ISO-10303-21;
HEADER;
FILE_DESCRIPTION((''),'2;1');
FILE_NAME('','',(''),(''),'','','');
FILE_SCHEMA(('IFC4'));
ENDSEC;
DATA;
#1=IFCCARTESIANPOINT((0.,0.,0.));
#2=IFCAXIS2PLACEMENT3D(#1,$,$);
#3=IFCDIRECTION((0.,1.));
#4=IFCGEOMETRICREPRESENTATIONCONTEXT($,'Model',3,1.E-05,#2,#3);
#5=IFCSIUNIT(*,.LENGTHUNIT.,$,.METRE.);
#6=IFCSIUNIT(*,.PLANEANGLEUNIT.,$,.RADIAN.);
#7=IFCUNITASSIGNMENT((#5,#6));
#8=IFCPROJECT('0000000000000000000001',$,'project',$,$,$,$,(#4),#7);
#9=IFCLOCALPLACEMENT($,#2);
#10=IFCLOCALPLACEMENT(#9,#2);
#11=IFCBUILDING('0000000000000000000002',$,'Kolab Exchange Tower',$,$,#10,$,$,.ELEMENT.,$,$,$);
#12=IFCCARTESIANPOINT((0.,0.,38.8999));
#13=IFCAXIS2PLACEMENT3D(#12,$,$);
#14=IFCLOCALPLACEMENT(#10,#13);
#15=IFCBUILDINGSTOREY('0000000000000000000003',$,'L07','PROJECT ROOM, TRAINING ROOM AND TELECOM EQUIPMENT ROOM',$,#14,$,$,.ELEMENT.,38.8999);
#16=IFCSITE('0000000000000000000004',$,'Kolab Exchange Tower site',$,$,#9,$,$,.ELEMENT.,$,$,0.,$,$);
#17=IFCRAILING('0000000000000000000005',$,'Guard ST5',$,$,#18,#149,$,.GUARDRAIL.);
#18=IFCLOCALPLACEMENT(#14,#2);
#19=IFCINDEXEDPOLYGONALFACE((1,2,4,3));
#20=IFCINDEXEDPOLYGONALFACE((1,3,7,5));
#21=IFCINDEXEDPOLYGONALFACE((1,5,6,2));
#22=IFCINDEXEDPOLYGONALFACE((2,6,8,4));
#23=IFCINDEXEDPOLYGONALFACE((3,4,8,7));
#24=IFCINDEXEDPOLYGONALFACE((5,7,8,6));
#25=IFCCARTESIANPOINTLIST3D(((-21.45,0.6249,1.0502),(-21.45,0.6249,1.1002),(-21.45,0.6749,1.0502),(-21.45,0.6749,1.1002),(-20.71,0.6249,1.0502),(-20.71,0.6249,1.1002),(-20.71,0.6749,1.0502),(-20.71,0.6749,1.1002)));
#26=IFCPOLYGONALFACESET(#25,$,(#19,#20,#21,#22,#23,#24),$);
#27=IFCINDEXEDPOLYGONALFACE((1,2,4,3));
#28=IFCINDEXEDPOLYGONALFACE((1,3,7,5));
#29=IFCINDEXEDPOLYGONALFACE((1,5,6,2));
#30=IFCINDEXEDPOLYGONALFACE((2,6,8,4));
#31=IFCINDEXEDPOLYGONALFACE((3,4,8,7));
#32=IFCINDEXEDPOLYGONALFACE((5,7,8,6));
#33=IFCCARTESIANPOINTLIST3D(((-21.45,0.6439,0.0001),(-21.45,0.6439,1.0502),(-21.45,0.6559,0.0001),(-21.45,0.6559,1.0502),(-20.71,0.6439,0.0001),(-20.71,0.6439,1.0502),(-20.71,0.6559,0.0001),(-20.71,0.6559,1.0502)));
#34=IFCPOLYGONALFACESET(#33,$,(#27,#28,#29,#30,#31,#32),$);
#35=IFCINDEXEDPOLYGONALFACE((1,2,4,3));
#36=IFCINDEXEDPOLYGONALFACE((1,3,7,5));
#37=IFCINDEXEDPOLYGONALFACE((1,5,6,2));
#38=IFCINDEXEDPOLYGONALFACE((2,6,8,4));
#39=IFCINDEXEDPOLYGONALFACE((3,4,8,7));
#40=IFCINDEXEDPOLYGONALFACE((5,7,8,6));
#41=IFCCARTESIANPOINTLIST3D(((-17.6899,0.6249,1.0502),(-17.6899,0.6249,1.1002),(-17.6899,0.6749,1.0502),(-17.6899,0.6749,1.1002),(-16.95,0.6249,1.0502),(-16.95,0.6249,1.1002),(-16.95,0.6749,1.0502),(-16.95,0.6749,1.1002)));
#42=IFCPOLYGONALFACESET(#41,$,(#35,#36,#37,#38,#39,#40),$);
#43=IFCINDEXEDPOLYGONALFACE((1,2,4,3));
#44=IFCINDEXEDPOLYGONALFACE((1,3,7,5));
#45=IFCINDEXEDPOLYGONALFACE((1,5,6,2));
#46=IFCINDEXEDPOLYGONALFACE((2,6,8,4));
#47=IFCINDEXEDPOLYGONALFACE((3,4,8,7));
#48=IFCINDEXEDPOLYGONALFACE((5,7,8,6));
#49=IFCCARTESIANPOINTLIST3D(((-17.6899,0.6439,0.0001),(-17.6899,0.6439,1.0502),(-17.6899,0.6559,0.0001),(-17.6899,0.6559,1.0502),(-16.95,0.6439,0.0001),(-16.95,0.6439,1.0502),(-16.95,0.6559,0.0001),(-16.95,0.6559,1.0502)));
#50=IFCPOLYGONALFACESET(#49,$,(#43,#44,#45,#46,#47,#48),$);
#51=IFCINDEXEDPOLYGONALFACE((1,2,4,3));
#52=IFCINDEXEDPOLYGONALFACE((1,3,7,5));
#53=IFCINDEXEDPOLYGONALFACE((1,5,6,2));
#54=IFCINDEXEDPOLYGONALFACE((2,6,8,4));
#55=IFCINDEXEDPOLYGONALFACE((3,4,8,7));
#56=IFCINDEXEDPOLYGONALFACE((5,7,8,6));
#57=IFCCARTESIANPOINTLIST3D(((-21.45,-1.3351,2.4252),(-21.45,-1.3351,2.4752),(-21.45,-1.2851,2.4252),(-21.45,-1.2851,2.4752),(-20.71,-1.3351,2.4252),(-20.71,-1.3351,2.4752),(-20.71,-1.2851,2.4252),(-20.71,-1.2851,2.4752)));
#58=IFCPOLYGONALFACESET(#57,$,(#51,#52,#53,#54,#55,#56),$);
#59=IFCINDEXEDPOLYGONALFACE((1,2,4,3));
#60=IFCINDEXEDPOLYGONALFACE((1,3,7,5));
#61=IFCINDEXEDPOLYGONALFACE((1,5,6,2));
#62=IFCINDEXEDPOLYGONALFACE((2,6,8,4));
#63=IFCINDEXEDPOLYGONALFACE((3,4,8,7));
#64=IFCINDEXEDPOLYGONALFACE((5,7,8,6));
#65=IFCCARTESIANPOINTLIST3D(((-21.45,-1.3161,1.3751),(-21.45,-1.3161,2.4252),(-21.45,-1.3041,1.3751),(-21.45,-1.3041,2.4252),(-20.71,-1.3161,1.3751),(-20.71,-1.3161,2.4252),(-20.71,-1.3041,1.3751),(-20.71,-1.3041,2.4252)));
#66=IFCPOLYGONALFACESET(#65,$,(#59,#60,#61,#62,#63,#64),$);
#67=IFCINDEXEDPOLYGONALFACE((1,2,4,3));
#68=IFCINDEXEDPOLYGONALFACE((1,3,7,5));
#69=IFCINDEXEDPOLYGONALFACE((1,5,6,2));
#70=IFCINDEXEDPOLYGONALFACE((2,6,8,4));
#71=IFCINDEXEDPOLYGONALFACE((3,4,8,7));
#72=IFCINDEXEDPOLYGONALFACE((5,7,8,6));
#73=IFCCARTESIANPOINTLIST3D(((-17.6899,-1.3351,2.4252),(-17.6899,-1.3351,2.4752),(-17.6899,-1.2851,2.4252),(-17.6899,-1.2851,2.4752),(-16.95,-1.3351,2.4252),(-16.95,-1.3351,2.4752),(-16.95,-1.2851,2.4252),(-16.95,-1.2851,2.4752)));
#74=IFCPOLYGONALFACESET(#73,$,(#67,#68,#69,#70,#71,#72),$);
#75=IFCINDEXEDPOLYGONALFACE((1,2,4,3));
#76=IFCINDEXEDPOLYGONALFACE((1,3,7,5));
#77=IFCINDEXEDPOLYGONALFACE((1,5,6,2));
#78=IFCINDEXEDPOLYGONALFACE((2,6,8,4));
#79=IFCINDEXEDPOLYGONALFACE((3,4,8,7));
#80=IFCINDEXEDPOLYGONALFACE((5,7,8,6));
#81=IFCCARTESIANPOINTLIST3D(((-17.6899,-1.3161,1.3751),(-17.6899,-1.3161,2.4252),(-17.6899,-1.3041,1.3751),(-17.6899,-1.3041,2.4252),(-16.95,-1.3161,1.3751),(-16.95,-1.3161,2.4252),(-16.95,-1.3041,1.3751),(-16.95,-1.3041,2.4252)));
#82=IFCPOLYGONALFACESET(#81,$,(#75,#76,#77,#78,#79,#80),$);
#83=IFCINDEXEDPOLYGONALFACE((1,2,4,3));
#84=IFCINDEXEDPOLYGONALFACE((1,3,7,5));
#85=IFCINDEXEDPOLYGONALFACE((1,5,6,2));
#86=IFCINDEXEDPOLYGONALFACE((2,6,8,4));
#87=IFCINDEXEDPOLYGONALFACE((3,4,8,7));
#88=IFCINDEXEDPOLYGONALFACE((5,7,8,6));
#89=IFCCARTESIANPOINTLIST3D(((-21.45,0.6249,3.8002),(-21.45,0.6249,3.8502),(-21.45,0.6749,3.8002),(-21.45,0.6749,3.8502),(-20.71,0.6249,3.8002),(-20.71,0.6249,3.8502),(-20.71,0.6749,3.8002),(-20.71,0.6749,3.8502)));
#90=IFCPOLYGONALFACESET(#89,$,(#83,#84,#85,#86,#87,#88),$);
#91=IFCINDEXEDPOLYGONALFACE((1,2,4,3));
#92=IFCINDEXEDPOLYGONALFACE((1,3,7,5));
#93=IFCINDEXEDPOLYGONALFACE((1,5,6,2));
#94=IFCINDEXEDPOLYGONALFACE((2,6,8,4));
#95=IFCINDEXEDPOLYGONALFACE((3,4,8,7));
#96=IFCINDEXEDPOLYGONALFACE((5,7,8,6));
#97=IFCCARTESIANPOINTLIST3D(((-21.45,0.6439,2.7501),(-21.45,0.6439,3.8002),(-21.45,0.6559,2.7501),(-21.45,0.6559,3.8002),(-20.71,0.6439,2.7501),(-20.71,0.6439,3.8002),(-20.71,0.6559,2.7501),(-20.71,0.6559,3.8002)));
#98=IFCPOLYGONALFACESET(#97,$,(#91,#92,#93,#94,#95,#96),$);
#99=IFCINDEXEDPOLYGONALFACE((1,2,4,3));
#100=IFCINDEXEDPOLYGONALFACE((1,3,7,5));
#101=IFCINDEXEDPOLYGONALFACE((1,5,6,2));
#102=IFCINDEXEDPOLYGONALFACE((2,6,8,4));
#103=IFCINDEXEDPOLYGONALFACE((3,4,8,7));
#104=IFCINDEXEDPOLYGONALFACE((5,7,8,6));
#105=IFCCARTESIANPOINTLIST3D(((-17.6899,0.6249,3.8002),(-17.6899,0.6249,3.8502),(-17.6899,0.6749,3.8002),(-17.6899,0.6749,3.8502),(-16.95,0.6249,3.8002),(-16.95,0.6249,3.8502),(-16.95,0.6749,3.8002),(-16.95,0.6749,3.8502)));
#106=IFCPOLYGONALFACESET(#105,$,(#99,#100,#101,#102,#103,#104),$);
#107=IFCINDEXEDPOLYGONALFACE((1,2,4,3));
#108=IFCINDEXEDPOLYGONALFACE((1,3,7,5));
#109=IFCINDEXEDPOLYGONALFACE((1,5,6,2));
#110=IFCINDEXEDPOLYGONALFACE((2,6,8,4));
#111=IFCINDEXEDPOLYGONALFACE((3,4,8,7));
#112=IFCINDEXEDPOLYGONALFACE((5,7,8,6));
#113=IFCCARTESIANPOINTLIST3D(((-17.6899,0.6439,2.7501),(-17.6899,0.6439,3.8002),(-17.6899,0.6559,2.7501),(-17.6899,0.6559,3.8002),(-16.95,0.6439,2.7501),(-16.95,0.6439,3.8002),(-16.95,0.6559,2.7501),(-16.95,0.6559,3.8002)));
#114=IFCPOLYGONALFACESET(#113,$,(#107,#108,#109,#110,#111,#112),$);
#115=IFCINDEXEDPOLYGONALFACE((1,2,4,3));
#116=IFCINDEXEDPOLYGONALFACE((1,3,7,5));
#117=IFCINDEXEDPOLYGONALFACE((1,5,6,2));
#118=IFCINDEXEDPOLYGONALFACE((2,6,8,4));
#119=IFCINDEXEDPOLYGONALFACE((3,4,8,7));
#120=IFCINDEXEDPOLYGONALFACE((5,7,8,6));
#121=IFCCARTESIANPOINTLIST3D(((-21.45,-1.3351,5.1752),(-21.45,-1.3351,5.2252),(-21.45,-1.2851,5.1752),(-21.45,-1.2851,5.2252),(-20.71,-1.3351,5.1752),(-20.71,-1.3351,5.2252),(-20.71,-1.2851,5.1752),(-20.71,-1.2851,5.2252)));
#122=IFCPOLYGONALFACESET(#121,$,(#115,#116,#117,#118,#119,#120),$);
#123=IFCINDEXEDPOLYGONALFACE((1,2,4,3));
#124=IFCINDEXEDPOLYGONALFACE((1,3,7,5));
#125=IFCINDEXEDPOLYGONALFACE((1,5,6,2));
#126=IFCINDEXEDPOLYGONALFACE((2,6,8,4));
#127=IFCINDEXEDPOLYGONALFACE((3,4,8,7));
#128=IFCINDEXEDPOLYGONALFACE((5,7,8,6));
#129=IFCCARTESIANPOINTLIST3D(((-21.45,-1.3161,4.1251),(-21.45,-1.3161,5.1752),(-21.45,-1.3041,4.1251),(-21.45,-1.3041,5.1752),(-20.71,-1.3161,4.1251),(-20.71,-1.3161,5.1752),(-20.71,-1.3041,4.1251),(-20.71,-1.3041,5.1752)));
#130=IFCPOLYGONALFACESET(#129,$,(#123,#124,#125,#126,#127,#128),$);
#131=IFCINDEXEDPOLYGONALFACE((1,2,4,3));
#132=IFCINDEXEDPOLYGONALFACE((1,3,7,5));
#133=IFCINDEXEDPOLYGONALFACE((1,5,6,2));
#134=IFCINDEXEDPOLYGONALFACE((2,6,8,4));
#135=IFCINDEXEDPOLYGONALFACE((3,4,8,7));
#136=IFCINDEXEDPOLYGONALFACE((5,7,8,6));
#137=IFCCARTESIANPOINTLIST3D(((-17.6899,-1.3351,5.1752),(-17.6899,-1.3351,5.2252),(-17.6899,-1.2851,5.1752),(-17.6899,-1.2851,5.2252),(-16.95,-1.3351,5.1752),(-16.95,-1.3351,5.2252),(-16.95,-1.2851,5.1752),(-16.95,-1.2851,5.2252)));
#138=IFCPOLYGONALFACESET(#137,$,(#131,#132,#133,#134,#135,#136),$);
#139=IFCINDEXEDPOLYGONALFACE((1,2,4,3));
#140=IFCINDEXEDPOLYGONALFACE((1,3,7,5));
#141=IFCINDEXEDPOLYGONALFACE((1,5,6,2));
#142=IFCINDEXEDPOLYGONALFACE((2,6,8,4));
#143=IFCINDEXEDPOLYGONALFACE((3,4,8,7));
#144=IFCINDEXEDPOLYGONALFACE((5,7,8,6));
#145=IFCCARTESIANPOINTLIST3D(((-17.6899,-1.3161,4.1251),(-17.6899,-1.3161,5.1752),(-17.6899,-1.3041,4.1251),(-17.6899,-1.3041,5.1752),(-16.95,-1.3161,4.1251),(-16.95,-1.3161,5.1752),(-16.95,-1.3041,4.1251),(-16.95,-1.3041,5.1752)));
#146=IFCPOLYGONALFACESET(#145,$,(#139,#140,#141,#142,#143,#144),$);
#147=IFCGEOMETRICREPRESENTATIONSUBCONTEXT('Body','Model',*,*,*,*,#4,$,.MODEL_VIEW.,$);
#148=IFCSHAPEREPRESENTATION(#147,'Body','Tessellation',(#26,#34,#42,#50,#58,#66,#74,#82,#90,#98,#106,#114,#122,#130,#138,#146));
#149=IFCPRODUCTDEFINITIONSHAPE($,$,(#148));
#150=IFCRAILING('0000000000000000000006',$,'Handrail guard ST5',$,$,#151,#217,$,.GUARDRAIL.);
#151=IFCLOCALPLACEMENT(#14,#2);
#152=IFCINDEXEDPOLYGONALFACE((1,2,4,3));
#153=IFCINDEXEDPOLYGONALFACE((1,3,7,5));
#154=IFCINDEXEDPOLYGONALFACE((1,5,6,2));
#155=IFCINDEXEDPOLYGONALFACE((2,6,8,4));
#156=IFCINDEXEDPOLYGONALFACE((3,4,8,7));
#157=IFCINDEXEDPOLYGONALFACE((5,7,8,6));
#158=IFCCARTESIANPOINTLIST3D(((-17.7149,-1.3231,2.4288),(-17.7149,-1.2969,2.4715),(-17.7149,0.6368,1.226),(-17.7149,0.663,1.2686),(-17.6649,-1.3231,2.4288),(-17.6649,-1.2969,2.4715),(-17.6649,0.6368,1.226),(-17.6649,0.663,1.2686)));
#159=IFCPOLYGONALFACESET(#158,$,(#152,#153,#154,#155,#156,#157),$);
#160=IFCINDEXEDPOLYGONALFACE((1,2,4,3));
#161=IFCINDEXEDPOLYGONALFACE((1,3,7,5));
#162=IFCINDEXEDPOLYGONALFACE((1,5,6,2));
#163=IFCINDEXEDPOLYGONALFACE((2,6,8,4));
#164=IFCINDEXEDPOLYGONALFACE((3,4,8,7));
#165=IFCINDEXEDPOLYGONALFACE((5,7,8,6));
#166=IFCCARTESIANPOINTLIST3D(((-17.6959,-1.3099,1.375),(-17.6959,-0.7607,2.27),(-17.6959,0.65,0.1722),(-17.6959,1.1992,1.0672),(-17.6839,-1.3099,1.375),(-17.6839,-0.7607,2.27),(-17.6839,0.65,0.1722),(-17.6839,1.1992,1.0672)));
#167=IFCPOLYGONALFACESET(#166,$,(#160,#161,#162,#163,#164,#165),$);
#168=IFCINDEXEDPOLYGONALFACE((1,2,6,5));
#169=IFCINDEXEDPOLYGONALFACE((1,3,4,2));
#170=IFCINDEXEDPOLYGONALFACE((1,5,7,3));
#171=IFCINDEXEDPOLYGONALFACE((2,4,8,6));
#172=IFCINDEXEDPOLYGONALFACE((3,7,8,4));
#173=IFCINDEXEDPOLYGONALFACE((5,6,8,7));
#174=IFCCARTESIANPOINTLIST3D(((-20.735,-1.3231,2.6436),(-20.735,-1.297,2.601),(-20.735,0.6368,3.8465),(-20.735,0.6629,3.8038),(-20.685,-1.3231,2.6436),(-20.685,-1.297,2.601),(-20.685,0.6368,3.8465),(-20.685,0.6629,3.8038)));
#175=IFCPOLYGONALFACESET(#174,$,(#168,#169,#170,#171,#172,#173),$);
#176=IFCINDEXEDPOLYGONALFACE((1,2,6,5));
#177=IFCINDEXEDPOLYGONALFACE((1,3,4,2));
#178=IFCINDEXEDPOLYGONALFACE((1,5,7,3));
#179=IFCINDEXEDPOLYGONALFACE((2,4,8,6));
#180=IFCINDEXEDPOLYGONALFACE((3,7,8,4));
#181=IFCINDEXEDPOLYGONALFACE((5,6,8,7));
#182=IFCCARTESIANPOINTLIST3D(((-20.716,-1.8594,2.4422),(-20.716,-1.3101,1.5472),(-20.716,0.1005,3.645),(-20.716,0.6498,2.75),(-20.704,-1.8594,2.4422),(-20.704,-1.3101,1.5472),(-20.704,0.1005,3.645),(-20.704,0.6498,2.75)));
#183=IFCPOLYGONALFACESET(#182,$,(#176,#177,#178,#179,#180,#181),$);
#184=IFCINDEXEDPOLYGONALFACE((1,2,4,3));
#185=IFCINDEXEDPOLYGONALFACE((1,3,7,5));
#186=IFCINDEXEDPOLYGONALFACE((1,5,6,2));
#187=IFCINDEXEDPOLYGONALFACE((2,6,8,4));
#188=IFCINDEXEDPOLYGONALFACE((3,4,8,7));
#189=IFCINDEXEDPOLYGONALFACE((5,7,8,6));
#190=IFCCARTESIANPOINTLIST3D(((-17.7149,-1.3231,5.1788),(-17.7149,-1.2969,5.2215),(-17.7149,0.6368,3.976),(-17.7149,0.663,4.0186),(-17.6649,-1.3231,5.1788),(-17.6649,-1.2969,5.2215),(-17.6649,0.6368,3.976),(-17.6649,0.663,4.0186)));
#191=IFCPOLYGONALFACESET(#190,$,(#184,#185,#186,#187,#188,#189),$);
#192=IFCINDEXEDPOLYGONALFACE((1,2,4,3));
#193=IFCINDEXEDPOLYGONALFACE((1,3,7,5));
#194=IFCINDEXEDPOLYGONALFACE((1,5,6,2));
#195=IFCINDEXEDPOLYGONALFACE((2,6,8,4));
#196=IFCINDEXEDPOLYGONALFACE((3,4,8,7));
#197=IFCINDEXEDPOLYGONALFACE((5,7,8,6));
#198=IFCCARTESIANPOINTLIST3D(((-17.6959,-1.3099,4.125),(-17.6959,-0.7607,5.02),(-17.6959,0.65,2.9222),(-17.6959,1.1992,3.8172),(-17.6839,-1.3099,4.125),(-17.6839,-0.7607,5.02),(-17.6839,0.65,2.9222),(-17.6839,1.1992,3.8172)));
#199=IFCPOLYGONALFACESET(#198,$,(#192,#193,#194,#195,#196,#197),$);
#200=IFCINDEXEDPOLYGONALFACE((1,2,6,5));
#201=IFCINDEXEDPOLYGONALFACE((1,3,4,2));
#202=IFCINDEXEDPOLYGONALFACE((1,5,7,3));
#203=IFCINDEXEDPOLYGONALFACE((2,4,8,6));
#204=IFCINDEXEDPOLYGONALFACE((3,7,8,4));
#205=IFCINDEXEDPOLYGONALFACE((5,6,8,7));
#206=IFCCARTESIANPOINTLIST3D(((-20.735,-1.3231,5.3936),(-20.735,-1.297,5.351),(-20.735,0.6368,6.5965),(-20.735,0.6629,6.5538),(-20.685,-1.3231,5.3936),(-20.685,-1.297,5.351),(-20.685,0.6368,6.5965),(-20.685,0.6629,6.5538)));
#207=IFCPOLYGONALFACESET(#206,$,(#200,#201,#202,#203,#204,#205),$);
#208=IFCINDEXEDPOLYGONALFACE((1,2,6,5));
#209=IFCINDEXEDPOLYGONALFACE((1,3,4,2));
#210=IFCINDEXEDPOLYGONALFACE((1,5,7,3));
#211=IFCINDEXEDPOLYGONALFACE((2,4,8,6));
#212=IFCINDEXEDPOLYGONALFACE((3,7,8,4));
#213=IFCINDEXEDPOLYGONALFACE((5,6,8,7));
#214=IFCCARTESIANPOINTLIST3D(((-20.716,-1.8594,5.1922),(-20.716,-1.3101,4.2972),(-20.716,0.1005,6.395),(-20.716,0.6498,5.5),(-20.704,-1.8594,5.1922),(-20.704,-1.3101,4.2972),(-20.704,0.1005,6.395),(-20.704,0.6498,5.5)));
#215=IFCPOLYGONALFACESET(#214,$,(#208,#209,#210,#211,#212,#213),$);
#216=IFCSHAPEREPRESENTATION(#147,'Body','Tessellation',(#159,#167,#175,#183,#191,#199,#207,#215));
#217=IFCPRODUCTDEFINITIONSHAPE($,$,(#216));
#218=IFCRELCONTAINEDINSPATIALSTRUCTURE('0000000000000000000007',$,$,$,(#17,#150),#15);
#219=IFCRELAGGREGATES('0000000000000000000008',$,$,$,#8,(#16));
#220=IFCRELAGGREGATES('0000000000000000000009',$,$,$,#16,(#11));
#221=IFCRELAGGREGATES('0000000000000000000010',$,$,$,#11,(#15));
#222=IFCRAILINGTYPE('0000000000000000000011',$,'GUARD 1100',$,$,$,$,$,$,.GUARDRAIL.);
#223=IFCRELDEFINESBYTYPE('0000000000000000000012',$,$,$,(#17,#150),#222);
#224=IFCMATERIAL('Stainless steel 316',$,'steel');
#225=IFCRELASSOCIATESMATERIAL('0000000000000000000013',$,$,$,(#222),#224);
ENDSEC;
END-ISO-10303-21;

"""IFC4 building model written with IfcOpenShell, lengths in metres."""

from ifc_helpers import new_model, si_unit, direction, frame, frame_2d, origin, origin_2d, place, context, subcontext, project, spatial, rectangle, extrude, material, type_object, element, save


model = new_model("IFC4")

# Units and contexts
model_context = context("Model", 3, precision=1e-05, world=origin(), true_north=direction((0.0, 1.0)))
body_context = subcontext(model_context, "Body", "Model", "MODEL_VIEW")
ifc_project = project(units=[si_unit("LENGTHUNIT", "METRE"), si_unit("PLANEANGLEUNIT", "RADIAN")], contexts=[model_context])

# Site, building, storey
site_placement = place(None, origin())
site = spatial("IfcSite", under=ifc_project, at=site_placement, Name="Kolab Exchange Tower site", CompositionType="ELEMENT", RefElevation=0.0)
building_placement = place(site_placement, origin())
building = spatial("IfcBuilding", under=site, at=building_placement, Name="Kolab Exchange Tower", CompositionType="ELEMENT")
storey_placement = place(building_placement, frame((0.0, 0.0, 38.8999)))
storey = spatial("IfcBuildingStorey", under=building, at=storey_placement, Name="L07", Description="PROJECT ROOM, TRAINING ROOM AND TELECOM EQUIPMENT ROOM", CompositionType="ELEMENT", Elevation=38.8999)

# Railings
ifc_material_1 = material(Name="Stainless steel 316", Category="steel")
railing_type = type_object("IfcRailingType", Name="GUARD 1100", PredefinedType="GUARDRAIL", material=ifc_material_1)
railing_1_placement = place(storey_placement, frame((-21.45, 0.6499, 0.0)))
element("IfcRailing", 1, at=railing_1_placement, inside=storey, type_object=railing_type, Name="Guard ST5", PredefinedType="GUARDRAIL", context=body_context, shape_type="SweptSolid", body=[
    extrude(rectangle(XDim=0.05, YDim=0.05, at=origin_2d()), frame((0.0, 0.0, 1.0752), z_axis=(1.0, 0.0, 0.0), x_axis=(0.0, 1.0, 0.0)), (0.0, 0.0, 1.0), 0.74),
    extrude(rectangle(XDim=0.012, YDim=1.0501, at=frame_2d((0.0, 0.5251))), frame((0.0, 0.0, 0.0), z_axis=(1.0, 0.0, 0.0), x_axis=(0.0, 1.0, 0.0)), (0.0, 0.0, 1.0), 0.74),
    extrude(rectangle(XDim=0.05, YDim=0.05, at=origin_2d()), frame((3.76, 0.0, 1.0752), z_axis=(1.0, 0.0, 0.0), x_axis=(0.0, 1.0, 0.0)), (0.0, 0.0, 1.0), 0.74),
    extrude(rectangle(XDim=0.012, YDim=1.0501, at=frame_2d((0.0, 0.5251))), frame((3.76, 0.0, 0.0), z_axis=(1.0, 0.0, 0.0), x_axis=(0.0, 1.0, 0.0)), (0.0, 0.0, 1.0), 0.74),
    extrude(rectangle(XDim=0.05, YDim=0.05, at=origin_2d()), frame((0.0, -1.96, 2.4502), z_axis=(1.0, 0.0, 0.0), x_axis=(0.0, 1.0, 0.0)), (0.0, 0.0, 1.0), 0.74),
    extrude(rectangle(XDim=0.012, YDim=1.0501, at=frame_2d((0.0, 0.5251))), frame((0.0, -1.96, 1.375), z_axis=(1.0, 0.0, 0.0), x_axis=(0.0, 1.0, 0.0)), (0.0, 0.0, 1.0), 0.74),
    extrude(rectangle(XDim=0.05, YDim=0.05, at=origin_2d()), frame((3.76, -1.96, 2.4502), z_axis=(1.0, 0.0, 0.0), x_axis=(0.0, 1.0, 0.0)), (0.0, 0.0, 1.0), 0.74),
    extrude(rectangle(XDim=0.012, YDim=1.0501, at=frame_2d((0.0, 0.5251))), frame((3.76, -1.96, 1.375), z_axis=(1.0, 0.0, 0.0), x_axis=(0.0, 1.0, 0.0)), (0.0, 0.0, 1.0), 0.74),
    extrude(rectangle(XDim=0.05, YDim=0.05, at=origin_2d()), frame((0.0, 0.0, 3.8252), z_axis=(1.0, 0.0, 0.0), x_axis=(0.0, 1.0, 0.0)), (0.0, 0.0, 1.0), 0.74),
    extrude(rectangle(XDim=0.012, YDim=1.0501, at=frame_2d((0.0, 0.5251))), frame((0.0, 0.0, 2.75), z_axis=(1.0, 0.0, 0.0), x_axis=(0.0, 1.0, 0.0)), (0.0, 0.0, 1.0), 0.74),
    extrude(rectangle(XDim=0.05, YDim=0.05, at=origin_2d()), frame((3.76, 0.0, 3.8252), z_axis=(1.0, 0.0, 0.0), x_axis=(0.0, 1.0, 0.0)), (0.0, 0.0, 1.0), 0.74),
    extrude(rectangle(XDim=0.012, YDim=1.0501, at=frame_2d((0.0, 0.5251))), frame((3.76, 0.0, 2.75), z_axis=(1.0, 0.0, 0.0), x_axis=(0.0, 1.0, 0.0)), (0.0, 0.0, 1.0), 0.74),
    extrude(rectangle(XDim=0.05, YDim=0.05, at=origin_2d()), frame((0.0, -1.96, 5.2002), z_axis=(1.0, 0.0, 0.0), x_axis=(0.0, 1.0, 0.0)), (0.0, 0.0, 1.0), 0.74),
    extrude(rectangle(XDim=0.012, YDim=1.0501, at=frame_2d((0.0, 0.5251))), frame((0.0, -1.96, 4.125), z_axis=(1.0, 0.0, 0.0), x_axis=(0.0, 1.0, 0.0)), (0.0, 0.0, 1.0), 0.74),
    extrude(rectangle(XDim=0.05, YDim=0.05, at=origin_2d()), frame((3.76, -1.96, 5.2002), z_axis=(1.0, 0.0, 0.0), x_axis=(0.0, 1.0, 0.0)), (0.0, 0.0, 1.0), 0.74),
    extrude(rectangle(XDim=0.012, YDim=1.0501, at=frame_2d((0.0, 0.5251))), frame((3.76, -1.96, 4.125), z_axis=(1.0, 0.0, 0.0), x_axis=(0.0, 1.0, 0.0)), (0.0, 0.0, 1.0), 0.74),
])
railing_2_placement = place(storey_placement, frame((-17.6899, 0.6499, 0.1721)))
element("IfcRailing", 2, at=railing_2_placement, inside=storey, type_object=railing_type, Name="Handrail guard ST5", PredefinedType="GUARDRAIL", context=body_context, shape_type="SweptSolid", body=[
    extrude(rectangle(XDim=0.05, YDim=0.05, at=origin_2d()), frame((0.0, 0.0, 1.0752), z_axis=(0.0, -0.852288, 0.523072), x_axis=(1.0, 0.0, 0.0)), (0.0, 0.0, 1.0), 2.2996),
    extrude(rectangle(XDim=0.012, YDim=1.0501, at=frame_2d((0.0, 0.5251))), frame((0.0, 0.0, 0.0), z_axis=(0.0, -0.852288, 0.523072), x_axis=(1.0, 0.0, 0.0)), (0.0, 0.0, 1.0), 2.2996),
    extrude(rectangle(XDim=0.05, YDim=0.05, at=origin_2d()), frame((-3.02, -1.96, 2.4502), z_axis=(0.0, 0.852288, 0.523072), x_axis=(-1.0, 0.0, 0.0)), (0.0, 0.0, 1.0), 2.2996),
    extrude(rectangle(XDim=0.012, YDim=1.0501, at=frame_2d((0.0, 0.5251))), frame((-3.02, -1.96, 1.375), z_axis=(0.0, 0.852288, 0.523072), x_axis=(-1.0, 0.0, 0.0)), (0.0, 0.0, 1.0), 2.2996),
    extrude(rectangle(XDim=0.05, YDim=0.05, at=origin_2d()), frame((0.0, 0.0, 3.8252), z_axis=(0.0, -0.852288, 0.523072), x_axis=(1.0, 0.0, 0.0)), (0.0, 0.0, 1.0), 2.2996),
    extrude(rectangle(XDim=0.012, YDim=1.0501, at=frame_2d((0.0, 0.5251))), frame((0.0, 0.0, 2.75), z_axis=(0.0, -0.852288, 0.523072), x_axis=(1.0, 0.0, 0.0)), (0.0, 0.0, 1.0), 2.2996),
    extrude(rectangle(XDim=0.05, YDim=0.05, at=origin_2d()), frame((-3.02, -1.96, 5.2002), z_axis=(0.0, 0.852288, 0.523072), x_axis=(-1.0, 0.0, 0.0)), (0.0, 0.0, 1.0), 2.2996),
    extrude(rectangle(XDim=0.012, YDim=1.0501, at=frame_2d((0.0, 0.5251))), frame((-3.02, -1.96, 4.125), z_axis=(0.0, 0.852288, 0.523072), x_axis=(-1.0, 0.0, 0.0)), (0.0, 0.0, 1.0), 2.2996),
])

save(model, "model.ifc")
